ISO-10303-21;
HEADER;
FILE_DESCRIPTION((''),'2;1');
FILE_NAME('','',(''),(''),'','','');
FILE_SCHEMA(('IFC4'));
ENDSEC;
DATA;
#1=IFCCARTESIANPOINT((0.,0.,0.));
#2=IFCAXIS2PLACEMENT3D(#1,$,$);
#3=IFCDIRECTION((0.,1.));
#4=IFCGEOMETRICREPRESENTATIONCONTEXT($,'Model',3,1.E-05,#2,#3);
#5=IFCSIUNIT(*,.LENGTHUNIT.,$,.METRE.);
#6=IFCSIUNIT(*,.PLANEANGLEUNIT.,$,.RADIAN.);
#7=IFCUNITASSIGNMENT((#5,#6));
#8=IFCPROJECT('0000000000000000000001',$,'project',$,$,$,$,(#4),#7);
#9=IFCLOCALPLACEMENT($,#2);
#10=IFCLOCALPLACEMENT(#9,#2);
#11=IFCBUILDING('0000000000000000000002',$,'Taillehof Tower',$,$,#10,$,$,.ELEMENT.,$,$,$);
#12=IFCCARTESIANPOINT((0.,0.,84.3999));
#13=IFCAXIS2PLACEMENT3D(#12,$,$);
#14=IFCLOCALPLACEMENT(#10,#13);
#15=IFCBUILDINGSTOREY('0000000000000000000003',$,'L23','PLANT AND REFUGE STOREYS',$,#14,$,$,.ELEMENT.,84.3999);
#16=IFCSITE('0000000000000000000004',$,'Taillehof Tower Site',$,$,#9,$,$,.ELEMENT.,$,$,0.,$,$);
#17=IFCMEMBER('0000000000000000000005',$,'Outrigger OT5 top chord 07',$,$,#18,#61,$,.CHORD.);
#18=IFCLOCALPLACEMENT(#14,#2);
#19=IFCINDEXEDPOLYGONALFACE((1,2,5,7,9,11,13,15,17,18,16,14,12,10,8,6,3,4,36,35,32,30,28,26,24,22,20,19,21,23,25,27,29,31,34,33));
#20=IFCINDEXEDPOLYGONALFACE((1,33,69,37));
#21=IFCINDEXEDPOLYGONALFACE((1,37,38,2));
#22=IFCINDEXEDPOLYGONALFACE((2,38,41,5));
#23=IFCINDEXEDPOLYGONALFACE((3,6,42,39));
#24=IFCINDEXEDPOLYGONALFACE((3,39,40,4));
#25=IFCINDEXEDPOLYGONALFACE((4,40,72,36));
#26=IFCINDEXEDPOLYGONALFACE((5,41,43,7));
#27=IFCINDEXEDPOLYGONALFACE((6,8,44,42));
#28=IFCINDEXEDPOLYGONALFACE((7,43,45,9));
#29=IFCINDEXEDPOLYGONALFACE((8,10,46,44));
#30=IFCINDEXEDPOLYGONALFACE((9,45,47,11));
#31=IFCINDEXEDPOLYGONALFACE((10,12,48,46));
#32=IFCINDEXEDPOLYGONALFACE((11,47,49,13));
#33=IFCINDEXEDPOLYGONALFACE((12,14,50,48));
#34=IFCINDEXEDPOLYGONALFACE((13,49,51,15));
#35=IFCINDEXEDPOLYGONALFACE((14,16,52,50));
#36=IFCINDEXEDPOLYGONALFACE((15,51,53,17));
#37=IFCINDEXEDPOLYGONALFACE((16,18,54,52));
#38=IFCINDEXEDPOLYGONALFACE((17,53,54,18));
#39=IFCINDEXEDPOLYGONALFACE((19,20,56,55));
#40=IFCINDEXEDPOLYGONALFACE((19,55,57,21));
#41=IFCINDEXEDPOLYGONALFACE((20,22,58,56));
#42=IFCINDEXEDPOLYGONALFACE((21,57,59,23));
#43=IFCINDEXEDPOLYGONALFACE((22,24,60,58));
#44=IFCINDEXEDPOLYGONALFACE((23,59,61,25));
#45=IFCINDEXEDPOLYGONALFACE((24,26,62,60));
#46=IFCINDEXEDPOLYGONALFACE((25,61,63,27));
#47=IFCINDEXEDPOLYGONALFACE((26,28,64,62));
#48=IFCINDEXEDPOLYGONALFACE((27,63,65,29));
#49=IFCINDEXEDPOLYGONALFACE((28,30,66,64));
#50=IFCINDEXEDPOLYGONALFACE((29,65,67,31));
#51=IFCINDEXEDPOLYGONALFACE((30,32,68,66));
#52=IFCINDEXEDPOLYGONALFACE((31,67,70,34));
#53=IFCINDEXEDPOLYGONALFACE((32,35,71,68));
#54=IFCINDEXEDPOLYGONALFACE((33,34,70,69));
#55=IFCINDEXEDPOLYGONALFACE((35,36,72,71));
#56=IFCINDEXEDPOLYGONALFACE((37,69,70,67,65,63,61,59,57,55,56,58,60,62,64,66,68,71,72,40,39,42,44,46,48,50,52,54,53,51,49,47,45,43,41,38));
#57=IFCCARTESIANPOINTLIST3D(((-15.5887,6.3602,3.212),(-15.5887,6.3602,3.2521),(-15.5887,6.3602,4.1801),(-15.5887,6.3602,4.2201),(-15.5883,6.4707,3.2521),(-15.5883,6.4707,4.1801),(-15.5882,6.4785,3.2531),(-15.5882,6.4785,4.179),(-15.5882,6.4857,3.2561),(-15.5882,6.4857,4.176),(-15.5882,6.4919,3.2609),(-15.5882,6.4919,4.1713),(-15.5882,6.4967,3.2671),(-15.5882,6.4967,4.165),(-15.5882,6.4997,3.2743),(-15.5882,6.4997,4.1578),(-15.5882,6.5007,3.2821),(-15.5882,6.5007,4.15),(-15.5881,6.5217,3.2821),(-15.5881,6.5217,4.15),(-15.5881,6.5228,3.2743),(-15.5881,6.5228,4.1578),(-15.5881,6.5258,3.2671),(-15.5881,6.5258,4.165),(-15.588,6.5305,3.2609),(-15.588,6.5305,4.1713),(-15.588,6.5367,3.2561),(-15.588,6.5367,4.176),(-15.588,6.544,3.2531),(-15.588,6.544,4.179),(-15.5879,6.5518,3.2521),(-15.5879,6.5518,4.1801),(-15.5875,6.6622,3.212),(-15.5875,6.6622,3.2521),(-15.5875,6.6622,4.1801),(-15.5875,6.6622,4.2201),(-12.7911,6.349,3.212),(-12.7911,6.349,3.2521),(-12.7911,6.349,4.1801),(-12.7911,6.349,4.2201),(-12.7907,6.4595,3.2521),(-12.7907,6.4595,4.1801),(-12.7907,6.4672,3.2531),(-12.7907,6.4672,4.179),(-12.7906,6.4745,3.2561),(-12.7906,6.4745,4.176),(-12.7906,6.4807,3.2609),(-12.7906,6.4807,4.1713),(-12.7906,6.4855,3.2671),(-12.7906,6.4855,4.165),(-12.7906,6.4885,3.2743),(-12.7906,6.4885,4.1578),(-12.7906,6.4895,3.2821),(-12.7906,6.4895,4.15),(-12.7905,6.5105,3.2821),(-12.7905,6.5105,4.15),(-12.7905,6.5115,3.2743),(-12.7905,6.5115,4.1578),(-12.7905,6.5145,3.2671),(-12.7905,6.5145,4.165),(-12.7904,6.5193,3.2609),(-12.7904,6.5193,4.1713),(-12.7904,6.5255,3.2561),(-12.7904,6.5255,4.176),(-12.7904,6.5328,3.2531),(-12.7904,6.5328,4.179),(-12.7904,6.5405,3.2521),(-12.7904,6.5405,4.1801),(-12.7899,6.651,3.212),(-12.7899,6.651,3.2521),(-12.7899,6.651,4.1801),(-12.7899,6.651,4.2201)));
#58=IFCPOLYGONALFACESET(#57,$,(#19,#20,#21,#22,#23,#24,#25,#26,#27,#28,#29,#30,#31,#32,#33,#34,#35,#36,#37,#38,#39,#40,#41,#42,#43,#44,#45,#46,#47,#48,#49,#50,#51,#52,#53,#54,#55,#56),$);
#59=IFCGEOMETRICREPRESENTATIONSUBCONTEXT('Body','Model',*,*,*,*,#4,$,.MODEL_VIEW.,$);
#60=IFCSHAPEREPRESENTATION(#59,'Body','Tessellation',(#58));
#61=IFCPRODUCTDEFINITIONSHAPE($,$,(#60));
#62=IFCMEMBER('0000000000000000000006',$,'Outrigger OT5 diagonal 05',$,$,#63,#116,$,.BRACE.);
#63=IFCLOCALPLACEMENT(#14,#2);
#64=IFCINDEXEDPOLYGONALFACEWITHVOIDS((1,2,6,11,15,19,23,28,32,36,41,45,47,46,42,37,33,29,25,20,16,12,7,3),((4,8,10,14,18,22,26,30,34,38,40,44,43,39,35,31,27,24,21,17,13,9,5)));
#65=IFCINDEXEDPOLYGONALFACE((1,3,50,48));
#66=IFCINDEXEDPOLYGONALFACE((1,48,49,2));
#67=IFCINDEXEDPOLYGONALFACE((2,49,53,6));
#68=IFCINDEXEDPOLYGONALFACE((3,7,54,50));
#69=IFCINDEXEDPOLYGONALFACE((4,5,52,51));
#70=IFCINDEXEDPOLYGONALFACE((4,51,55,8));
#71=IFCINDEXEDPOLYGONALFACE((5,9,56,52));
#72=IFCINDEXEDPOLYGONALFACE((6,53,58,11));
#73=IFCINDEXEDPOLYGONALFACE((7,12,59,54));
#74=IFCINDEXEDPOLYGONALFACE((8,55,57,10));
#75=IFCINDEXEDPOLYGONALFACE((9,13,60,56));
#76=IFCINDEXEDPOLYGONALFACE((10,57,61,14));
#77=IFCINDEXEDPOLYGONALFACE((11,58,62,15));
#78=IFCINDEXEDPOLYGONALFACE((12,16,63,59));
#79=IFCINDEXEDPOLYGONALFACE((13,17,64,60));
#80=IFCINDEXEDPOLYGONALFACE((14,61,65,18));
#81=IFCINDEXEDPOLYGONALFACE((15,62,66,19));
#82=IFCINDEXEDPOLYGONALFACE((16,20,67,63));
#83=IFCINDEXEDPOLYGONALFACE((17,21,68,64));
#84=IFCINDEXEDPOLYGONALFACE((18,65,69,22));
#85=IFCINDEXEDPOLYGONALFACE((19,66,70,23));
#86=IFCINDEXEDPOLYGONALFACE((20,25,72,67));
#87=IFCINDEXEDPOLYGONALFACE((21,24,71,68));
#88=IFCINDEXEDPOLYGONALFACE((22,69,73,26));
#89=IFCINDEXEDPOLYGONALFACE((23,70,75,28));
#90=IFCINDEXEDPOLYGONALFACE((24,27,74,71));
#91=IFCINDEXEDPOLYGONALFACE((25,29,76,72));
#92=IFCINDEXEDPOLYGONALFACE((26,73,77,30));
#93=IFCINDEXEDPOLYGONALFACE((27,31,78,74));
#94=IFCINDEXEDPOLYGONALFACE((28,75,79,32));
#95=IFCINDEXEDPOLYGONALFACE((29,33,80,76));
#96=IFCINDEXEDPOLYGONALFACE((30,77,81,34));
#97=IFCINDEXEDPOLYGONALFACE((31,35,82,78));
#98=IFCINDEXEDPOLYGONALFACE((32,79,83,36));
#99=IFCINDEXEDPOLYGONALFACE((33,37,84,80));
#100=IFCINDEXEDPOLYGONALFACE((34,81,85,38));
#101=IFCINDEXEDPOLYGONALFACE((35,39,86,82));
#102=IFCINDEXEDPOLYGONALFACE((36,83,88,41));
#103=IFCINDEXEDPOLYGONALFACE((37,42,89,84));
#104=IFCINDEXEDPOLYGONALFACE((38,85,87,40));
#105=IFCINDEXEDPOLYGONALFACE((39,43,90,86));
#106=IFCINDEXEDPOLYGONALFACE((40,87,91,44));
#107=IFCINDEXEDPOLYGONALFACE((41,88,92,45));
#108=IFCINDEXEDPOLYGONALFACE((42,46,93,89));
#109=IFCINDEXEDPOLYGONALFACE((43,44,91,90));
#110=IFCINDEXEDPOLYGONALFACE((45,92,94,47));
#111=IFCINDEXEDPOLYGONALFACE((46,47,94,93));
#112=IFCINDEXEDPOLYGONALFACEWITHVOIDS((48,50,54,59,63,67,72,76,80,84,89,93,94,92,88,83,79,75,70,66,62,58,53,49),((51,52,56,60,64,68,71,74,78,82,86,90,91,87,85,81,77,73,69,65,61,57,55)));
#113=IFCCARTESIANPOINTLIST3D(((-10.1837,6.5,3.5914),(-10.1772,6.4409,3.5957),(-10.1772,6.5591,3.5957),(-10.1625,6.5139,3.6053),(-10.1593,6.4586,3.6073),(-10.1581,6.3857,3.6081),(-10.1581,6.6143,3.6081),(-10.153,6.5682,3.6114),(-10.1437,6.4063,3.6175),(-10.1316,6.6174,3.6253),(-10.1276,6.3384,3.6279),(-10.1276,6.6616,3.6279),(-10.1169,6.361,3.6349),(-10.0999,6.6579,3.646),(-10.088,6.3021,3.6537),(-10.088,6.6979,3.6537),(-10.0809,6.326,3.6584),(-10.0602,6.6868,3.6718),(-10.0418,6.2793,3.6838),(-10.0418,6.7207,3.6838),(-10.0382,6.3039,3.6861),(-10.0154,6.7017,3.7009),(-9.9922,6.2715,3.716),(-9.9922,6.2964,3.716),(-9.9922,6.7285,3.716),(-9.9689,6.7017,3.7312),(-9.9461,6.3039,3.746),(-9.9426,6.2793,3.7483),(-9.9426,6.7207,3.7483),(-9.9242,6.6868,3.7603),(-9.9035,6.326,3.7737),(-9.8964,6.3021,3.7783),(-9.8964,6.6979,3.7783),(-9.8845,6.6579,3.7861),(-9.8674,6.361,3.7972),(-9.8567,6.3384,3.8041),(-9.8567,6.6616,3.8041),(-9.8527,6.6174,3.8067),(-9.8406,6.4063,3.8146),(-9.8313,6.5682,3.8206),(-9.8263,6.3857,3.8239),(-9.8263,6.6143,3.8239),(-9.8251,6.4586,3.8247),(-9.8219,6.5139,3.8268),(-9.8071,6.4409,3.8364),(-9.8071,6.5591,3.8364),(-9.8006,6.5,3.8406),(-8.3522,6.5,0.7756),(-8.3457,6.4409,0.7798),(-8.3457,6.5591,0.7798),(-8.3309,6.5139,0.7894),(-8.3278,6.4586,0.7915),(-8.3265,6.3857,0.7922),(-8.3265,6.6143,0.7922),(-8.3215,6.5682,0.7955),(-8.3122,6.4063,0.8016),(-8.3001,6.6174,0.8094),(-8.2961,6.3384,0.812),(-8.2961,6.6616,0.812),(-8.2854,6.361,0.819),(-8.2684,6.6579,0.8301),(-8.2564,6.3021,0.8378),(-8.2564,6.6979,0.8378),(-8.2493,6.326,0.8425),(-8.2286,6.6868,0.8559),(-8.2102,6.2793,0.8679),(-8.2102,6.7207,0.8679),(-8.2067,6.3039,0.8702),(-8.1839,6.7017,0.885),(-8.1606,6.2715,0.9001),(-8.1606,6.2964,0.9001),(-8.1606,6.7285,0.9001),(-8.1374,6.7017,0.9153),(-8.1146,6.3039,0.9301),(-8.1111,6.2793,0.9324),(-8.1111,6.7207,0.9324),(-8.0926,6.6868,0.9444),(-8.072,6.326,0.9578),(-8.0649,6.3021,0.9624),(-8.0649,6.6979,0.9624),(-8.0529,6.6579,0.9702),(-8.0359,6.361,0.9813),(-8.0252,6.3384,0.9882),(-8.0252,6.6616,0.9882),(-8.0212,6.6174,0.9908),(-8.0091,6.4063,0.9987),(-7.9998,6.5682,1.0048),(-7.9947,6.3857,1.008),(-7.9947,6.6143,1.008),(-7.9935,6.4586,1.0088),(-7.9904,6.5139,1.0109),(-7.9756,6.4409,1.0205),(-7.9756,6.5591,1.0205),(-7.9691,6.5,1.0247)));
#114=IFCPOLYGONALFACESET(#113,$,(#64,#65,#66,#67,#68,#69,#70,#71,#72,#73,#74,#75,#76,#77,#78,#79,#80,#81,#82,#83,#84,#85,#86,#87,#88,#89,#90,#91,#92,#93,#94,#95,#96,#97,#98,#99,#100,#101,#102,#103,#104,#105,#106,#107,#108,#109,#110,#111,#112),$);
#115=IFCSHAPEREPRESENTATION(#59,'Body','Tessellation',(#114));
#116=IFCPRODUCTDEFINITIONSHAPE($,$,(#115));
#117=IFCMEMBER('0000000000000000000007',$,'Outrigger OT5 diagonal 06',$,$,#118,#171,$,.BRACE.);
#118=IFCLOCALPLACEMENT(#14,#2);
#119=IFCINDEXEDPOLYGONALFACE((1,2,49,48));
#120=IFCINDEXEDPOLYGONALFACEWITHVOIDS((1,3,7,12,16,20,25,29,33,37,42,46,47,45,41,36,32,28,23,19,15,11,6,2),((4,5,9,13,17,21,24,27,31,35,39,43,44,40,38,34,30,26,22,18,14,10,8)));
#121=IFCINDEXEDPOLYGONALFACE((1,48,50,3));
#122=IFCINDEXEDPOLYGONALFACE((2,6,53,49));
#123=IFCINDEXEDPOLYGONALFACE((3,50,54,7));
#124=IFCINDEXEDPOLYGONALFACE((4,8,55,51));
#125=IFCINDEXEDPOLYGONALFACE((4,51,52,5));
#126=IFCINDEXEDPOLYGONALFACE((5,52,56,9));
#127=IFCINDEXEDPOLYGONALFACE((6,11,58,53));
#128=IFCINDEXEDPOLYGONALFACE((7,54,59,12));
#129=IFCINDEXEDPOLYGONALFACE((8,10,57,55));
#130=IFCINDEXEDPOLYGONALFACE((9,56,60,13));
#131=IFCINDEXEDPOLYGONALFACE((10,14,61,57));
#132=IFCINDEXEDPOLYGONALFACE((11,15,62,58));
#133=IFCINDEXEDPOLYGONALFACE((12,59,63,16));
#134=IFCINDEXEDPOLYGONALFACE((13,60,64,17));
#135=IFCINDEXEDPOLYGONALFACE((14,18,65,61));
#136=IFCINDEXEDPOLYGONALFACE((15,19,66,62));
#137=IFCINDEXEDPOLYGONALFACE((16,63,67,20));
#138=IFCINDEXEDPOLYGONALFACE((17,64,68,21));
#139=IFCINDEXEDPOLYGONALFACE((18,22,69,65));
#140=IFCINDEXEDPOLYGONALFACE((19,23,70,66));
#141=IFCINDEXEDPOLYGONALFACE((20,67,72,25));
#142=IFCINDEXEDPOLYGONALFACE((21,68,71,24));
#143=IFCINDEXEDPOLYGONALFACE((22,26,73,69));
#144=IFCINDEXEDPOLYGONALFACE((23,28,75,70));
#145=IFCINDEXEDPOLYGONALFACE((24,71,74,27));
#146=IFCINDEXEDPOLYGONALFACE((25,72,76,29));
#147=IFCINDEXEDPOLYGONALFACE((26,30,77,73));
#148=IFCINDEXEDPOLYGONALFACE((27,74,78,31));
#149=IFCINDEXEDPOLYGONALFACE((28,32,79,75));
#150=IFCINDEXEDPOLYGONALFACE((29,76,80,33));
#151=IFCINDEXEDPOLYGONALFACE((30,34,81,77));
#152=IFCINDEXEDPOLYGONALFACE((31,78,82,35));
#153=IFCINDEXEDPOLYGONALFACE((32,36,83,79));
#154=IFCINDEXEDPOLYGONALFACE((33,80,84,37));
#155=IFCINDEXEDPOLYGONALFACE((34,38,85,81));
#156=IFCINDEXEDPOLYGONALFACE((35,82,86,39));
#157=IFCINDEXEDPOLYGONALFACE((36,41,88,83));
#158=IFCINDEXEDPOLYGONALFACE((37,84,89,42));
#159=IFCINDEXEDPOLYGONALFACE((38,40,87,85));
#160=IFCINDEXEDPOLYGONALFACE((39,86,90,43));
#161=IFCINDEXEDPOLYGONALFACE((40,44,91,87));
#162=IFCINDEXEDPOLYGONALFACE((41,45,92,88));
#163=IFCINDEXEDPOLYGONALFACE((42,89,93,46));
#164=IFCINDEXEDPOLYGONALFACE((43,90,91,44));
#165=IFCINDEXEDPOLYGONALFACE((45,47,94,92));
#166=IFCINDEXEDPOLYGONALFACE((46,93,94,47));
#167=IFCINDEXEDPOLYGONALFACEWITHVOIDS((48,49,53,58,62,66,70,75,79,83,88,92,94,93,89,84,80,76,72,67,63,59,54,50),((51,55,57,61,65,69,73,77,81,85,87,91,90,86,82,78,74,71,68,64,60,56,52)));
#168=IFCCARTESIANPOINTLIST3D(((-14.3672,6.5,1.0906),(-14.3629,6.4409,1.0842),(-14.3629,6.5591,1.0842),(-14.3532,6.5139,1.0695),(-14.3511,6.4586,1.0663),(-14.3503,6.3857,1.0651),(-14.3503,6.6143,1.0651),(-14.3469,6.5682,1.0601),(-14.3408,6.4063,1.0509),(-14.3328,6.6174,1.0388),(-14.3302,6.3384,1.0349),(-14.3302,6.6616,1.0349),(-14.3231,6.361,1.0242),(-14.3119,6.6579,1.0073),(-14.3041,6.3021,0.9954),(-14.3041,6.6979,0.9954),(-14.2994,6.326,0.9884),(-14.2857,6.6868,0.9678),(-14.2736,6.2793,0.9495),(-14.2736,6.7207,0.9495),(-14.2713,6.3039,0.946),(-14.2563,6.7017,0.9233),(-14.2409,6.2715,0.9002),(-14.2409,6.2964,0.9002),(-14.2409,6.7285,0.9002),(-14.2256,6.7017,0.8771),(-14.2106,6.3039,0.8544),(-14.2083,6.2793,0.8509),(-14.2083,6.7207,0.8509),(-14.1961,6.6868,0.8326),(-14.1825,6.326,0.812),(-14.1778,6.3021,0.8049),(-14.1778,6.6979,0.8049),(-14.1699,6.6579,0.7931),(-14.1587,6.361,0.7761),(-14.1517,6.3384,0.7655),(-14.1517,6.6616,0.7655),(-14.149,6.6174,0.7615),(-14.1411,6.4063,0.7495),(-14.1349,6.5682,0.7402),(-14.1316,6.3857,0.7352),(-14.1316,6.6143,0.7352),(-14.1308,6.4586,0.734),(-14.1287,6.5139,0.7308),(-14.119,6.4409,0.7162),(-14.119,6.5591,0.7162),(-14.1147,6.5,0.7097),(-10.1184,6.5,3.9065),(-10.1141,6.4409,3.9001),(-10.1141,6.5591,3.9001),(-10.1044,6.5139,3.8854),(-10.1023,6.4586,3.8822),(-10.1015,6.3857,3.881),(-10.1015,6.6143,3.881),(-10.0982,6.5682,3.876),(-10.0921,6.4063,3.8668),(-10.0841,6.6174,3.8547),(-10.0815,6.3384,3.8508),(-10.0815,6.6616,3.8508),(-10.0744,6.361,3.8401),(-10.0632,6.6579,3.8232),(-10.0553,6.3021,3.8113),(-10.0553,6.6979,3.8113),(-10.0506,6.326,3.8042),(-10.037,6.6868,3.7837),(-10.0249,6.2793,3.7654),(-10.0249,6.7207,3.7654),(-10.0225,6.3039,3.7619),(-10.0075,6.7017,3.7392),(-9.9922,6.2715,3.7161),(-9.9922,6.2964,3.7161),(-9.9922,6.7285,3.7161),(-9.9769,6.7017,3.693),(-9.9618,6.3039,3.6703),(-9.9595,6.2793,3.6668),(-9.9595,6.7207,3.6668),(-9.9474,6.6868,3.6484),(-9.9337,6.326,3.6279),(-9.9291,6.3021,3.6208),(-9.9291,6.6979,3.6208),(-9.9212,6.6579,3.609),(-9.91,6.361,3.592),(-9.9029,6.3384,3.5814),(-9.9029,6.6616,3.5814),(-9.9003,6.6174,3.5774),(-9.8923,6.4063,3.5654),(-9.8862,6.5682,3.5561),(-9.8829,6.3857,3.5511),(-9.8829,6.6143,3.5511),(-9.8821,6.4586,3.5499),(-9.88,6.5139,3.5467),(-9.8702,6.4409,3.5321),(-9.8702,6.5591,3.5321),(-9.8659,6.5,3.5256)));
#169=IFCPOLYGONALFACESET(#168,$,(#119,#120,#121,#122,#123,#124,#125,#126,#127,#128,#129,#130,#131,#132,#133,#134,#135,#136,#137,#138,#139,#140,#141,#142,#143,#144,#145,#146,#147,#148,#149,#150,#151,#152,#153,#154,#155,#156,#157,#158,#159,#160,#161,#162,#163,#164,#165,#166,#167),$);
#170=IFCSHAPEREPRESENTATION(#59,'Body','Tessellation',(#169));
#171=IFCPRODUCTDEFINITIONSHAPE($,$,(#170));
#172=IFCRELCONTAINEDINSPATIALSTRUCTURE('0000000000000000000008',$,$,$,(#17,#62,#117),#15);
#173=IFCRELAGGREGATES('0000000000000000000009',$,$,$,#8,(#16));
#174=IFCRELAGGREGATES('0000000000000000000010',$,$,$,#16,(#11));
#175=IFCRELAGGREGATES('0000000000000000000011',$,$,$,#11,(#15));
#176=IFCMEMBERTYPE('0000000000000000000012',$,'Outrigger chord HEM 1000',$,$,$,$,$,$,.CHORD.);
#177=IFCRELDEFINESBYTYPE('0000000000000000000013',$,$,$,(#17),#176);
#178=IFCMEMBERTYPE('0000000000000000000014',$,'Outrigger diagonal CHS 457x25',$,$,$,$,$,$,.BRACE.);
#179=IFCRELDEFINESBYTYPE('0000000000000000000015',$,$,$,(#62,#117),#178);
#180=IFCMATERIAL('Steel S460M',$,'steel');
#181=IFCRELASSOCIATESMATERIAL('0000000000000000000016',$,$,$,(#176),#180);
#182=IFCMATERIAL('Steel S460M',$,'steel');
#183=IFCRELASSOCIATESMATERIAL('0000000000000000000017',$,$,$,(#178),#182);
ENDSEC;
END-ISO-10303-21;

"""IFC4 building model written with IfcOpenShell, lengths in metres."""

from ifc_helpers import new_model, si_unit, direction, frame, origin, origin_2d, place, context, subcontext, project, spatial, hollow_circle, i_section, extrude, material, material_profile, profile_set, type_object, element, save


model = new_model("IFC4")

# Units and contexts
model_context = context("Model", 3, precision=1e-05, world=origin(), true_north=direction((0.0, 1.0)))
body_context = subcontext(model_context, "Body", "Model", "MODEL_VIEW")
ifc_project = project(units=[si_unit("LENGTHUNIT", "METRE"), si_unit("PLANEANGLEUNIT", "RADIAN")], contexts=[model_context])

# Site, building, storey
site_placement = place(None, origin())
site = spatial("IfcSite", under=ifc_project, at=site_placement, Name="Taillehof Tower Site", CompositionType="ELEMENT", RefElevation=0.0)
building_placement = place(site_placement, origin())
building = spatial("IfcBuilding", under=site, at=building_placement, Name="Taillehof Tower", CompositionType="ELEMENT")
storey_placement = place(building_placement, frame((0.0, 0.0, 84.3999)))
storey = spatial("IfcBuildingStorey", under=building, at=storey_placement, Name="L23", Description="PLANT AND REFUGE STOREYS", CompositionType="ELEMENT", Elevation=84.3999)

# Members
ifc_material_1 = material(Name="Steel S460M", Category="steel")
ifc_material_profile_1 = material_profile(ifc_material_1, i_section(OverallWidth=0.302, OverallDepth=1.0081, WebThickness=0.021, FlangeThickness=0.04, FilletRadius=0.03, at=origin_2d()), Name="HEM 1000")
ifc_profile_set_1 = profile_set([ifc_material_profile_1], Name="Steel S460M")
member_type_1 = type_object("IfcMemberType", Name="Outrigger chord HEM 1000", PredefinedType="CHORD", material=ifc_profile_set_1)
member_1_placement = place(storey_placement, frame((-12.7905, 6.5, 3.7161), z_axis=(-0.999992, 0.004014, 0.0), x_axis=(-0.004014, -0.999992, 0.0)))
element("IfcMember", 1, at=member_1_placement, inside=storey, type_object=member_type_1, Name="Outrigger OT5 top chord 07", PredefinedType="CHORD", context=body_context, shape_type="SweptSolid", body=[
    extrude(i_section(OverallWidth=0.302, OverallDepth=1.0081, WebThickness=0.021, FlangeThickness=0.04, FilletRadius=0.03, at=origin_2d()), origin(), (0.0, 0.0, 1.0), 2.7976),
])
ifc_material_2 = material(Name="Steel S460M", Category="steel")
ifc_material_profile_2 = material_profile(ifc_material_2, hollow_circle(Radius=0.2285, WallThickness=0.0249, at=origin_2d()), Name="CHS 457x25")
ifc_profile_set_2 = profile_set([ifc_material_profile_2], Name="Steel S460M")
member_type_2 = type_object("IfcMemberType", Name="Outrigger diagonal CHS 457x25", PredefinedType="BRACE", material=ifc_profile_set_2)
member_2_placement = place(storey_placement, frame((-8.1606, 6.5, 0.9001), z_axis=(-0.545239, 0.0, 0.838281), x_axis=(0.0, -1.0, 0.0)))
element("IfcMember", 2, at=member_2_placement, inside=storey, type_object=member_type_2, Name="Outrigger OT5 diagonal 05", PredefinedType="BRACE", context=body_context, shape_type="SweptSolid", body=[
    extrude(hollow_circle(Radius=0.2285, WallThickness=0.0249, at=origin_2d()), origin(), (0.0, 0.0, 1.0), 3.3591),
])
member_3_placement = place(storey_placement, frame((-9.9922, 6.5, 3.7161), z_axis=(-0.83355, 0.0, -0.552443), x_axis=(0.0, -1.0, 0.0)))
element("IfcMember", 3, at=member_3_placement, inside=storey, type_object=member_type_2, Name="Outrigger OT5 diagonal 06", PredefinedType="BRACE", context=body_context, shape_type="SweptSolid", body=[
    extrude(hollow_circle(Radius=0.2285, WallThickness=0.0249, at=origin_2d()), origin(), (0.0, 0.0, 1.0), 5.0972),
])

save(model, "model.ifc")
